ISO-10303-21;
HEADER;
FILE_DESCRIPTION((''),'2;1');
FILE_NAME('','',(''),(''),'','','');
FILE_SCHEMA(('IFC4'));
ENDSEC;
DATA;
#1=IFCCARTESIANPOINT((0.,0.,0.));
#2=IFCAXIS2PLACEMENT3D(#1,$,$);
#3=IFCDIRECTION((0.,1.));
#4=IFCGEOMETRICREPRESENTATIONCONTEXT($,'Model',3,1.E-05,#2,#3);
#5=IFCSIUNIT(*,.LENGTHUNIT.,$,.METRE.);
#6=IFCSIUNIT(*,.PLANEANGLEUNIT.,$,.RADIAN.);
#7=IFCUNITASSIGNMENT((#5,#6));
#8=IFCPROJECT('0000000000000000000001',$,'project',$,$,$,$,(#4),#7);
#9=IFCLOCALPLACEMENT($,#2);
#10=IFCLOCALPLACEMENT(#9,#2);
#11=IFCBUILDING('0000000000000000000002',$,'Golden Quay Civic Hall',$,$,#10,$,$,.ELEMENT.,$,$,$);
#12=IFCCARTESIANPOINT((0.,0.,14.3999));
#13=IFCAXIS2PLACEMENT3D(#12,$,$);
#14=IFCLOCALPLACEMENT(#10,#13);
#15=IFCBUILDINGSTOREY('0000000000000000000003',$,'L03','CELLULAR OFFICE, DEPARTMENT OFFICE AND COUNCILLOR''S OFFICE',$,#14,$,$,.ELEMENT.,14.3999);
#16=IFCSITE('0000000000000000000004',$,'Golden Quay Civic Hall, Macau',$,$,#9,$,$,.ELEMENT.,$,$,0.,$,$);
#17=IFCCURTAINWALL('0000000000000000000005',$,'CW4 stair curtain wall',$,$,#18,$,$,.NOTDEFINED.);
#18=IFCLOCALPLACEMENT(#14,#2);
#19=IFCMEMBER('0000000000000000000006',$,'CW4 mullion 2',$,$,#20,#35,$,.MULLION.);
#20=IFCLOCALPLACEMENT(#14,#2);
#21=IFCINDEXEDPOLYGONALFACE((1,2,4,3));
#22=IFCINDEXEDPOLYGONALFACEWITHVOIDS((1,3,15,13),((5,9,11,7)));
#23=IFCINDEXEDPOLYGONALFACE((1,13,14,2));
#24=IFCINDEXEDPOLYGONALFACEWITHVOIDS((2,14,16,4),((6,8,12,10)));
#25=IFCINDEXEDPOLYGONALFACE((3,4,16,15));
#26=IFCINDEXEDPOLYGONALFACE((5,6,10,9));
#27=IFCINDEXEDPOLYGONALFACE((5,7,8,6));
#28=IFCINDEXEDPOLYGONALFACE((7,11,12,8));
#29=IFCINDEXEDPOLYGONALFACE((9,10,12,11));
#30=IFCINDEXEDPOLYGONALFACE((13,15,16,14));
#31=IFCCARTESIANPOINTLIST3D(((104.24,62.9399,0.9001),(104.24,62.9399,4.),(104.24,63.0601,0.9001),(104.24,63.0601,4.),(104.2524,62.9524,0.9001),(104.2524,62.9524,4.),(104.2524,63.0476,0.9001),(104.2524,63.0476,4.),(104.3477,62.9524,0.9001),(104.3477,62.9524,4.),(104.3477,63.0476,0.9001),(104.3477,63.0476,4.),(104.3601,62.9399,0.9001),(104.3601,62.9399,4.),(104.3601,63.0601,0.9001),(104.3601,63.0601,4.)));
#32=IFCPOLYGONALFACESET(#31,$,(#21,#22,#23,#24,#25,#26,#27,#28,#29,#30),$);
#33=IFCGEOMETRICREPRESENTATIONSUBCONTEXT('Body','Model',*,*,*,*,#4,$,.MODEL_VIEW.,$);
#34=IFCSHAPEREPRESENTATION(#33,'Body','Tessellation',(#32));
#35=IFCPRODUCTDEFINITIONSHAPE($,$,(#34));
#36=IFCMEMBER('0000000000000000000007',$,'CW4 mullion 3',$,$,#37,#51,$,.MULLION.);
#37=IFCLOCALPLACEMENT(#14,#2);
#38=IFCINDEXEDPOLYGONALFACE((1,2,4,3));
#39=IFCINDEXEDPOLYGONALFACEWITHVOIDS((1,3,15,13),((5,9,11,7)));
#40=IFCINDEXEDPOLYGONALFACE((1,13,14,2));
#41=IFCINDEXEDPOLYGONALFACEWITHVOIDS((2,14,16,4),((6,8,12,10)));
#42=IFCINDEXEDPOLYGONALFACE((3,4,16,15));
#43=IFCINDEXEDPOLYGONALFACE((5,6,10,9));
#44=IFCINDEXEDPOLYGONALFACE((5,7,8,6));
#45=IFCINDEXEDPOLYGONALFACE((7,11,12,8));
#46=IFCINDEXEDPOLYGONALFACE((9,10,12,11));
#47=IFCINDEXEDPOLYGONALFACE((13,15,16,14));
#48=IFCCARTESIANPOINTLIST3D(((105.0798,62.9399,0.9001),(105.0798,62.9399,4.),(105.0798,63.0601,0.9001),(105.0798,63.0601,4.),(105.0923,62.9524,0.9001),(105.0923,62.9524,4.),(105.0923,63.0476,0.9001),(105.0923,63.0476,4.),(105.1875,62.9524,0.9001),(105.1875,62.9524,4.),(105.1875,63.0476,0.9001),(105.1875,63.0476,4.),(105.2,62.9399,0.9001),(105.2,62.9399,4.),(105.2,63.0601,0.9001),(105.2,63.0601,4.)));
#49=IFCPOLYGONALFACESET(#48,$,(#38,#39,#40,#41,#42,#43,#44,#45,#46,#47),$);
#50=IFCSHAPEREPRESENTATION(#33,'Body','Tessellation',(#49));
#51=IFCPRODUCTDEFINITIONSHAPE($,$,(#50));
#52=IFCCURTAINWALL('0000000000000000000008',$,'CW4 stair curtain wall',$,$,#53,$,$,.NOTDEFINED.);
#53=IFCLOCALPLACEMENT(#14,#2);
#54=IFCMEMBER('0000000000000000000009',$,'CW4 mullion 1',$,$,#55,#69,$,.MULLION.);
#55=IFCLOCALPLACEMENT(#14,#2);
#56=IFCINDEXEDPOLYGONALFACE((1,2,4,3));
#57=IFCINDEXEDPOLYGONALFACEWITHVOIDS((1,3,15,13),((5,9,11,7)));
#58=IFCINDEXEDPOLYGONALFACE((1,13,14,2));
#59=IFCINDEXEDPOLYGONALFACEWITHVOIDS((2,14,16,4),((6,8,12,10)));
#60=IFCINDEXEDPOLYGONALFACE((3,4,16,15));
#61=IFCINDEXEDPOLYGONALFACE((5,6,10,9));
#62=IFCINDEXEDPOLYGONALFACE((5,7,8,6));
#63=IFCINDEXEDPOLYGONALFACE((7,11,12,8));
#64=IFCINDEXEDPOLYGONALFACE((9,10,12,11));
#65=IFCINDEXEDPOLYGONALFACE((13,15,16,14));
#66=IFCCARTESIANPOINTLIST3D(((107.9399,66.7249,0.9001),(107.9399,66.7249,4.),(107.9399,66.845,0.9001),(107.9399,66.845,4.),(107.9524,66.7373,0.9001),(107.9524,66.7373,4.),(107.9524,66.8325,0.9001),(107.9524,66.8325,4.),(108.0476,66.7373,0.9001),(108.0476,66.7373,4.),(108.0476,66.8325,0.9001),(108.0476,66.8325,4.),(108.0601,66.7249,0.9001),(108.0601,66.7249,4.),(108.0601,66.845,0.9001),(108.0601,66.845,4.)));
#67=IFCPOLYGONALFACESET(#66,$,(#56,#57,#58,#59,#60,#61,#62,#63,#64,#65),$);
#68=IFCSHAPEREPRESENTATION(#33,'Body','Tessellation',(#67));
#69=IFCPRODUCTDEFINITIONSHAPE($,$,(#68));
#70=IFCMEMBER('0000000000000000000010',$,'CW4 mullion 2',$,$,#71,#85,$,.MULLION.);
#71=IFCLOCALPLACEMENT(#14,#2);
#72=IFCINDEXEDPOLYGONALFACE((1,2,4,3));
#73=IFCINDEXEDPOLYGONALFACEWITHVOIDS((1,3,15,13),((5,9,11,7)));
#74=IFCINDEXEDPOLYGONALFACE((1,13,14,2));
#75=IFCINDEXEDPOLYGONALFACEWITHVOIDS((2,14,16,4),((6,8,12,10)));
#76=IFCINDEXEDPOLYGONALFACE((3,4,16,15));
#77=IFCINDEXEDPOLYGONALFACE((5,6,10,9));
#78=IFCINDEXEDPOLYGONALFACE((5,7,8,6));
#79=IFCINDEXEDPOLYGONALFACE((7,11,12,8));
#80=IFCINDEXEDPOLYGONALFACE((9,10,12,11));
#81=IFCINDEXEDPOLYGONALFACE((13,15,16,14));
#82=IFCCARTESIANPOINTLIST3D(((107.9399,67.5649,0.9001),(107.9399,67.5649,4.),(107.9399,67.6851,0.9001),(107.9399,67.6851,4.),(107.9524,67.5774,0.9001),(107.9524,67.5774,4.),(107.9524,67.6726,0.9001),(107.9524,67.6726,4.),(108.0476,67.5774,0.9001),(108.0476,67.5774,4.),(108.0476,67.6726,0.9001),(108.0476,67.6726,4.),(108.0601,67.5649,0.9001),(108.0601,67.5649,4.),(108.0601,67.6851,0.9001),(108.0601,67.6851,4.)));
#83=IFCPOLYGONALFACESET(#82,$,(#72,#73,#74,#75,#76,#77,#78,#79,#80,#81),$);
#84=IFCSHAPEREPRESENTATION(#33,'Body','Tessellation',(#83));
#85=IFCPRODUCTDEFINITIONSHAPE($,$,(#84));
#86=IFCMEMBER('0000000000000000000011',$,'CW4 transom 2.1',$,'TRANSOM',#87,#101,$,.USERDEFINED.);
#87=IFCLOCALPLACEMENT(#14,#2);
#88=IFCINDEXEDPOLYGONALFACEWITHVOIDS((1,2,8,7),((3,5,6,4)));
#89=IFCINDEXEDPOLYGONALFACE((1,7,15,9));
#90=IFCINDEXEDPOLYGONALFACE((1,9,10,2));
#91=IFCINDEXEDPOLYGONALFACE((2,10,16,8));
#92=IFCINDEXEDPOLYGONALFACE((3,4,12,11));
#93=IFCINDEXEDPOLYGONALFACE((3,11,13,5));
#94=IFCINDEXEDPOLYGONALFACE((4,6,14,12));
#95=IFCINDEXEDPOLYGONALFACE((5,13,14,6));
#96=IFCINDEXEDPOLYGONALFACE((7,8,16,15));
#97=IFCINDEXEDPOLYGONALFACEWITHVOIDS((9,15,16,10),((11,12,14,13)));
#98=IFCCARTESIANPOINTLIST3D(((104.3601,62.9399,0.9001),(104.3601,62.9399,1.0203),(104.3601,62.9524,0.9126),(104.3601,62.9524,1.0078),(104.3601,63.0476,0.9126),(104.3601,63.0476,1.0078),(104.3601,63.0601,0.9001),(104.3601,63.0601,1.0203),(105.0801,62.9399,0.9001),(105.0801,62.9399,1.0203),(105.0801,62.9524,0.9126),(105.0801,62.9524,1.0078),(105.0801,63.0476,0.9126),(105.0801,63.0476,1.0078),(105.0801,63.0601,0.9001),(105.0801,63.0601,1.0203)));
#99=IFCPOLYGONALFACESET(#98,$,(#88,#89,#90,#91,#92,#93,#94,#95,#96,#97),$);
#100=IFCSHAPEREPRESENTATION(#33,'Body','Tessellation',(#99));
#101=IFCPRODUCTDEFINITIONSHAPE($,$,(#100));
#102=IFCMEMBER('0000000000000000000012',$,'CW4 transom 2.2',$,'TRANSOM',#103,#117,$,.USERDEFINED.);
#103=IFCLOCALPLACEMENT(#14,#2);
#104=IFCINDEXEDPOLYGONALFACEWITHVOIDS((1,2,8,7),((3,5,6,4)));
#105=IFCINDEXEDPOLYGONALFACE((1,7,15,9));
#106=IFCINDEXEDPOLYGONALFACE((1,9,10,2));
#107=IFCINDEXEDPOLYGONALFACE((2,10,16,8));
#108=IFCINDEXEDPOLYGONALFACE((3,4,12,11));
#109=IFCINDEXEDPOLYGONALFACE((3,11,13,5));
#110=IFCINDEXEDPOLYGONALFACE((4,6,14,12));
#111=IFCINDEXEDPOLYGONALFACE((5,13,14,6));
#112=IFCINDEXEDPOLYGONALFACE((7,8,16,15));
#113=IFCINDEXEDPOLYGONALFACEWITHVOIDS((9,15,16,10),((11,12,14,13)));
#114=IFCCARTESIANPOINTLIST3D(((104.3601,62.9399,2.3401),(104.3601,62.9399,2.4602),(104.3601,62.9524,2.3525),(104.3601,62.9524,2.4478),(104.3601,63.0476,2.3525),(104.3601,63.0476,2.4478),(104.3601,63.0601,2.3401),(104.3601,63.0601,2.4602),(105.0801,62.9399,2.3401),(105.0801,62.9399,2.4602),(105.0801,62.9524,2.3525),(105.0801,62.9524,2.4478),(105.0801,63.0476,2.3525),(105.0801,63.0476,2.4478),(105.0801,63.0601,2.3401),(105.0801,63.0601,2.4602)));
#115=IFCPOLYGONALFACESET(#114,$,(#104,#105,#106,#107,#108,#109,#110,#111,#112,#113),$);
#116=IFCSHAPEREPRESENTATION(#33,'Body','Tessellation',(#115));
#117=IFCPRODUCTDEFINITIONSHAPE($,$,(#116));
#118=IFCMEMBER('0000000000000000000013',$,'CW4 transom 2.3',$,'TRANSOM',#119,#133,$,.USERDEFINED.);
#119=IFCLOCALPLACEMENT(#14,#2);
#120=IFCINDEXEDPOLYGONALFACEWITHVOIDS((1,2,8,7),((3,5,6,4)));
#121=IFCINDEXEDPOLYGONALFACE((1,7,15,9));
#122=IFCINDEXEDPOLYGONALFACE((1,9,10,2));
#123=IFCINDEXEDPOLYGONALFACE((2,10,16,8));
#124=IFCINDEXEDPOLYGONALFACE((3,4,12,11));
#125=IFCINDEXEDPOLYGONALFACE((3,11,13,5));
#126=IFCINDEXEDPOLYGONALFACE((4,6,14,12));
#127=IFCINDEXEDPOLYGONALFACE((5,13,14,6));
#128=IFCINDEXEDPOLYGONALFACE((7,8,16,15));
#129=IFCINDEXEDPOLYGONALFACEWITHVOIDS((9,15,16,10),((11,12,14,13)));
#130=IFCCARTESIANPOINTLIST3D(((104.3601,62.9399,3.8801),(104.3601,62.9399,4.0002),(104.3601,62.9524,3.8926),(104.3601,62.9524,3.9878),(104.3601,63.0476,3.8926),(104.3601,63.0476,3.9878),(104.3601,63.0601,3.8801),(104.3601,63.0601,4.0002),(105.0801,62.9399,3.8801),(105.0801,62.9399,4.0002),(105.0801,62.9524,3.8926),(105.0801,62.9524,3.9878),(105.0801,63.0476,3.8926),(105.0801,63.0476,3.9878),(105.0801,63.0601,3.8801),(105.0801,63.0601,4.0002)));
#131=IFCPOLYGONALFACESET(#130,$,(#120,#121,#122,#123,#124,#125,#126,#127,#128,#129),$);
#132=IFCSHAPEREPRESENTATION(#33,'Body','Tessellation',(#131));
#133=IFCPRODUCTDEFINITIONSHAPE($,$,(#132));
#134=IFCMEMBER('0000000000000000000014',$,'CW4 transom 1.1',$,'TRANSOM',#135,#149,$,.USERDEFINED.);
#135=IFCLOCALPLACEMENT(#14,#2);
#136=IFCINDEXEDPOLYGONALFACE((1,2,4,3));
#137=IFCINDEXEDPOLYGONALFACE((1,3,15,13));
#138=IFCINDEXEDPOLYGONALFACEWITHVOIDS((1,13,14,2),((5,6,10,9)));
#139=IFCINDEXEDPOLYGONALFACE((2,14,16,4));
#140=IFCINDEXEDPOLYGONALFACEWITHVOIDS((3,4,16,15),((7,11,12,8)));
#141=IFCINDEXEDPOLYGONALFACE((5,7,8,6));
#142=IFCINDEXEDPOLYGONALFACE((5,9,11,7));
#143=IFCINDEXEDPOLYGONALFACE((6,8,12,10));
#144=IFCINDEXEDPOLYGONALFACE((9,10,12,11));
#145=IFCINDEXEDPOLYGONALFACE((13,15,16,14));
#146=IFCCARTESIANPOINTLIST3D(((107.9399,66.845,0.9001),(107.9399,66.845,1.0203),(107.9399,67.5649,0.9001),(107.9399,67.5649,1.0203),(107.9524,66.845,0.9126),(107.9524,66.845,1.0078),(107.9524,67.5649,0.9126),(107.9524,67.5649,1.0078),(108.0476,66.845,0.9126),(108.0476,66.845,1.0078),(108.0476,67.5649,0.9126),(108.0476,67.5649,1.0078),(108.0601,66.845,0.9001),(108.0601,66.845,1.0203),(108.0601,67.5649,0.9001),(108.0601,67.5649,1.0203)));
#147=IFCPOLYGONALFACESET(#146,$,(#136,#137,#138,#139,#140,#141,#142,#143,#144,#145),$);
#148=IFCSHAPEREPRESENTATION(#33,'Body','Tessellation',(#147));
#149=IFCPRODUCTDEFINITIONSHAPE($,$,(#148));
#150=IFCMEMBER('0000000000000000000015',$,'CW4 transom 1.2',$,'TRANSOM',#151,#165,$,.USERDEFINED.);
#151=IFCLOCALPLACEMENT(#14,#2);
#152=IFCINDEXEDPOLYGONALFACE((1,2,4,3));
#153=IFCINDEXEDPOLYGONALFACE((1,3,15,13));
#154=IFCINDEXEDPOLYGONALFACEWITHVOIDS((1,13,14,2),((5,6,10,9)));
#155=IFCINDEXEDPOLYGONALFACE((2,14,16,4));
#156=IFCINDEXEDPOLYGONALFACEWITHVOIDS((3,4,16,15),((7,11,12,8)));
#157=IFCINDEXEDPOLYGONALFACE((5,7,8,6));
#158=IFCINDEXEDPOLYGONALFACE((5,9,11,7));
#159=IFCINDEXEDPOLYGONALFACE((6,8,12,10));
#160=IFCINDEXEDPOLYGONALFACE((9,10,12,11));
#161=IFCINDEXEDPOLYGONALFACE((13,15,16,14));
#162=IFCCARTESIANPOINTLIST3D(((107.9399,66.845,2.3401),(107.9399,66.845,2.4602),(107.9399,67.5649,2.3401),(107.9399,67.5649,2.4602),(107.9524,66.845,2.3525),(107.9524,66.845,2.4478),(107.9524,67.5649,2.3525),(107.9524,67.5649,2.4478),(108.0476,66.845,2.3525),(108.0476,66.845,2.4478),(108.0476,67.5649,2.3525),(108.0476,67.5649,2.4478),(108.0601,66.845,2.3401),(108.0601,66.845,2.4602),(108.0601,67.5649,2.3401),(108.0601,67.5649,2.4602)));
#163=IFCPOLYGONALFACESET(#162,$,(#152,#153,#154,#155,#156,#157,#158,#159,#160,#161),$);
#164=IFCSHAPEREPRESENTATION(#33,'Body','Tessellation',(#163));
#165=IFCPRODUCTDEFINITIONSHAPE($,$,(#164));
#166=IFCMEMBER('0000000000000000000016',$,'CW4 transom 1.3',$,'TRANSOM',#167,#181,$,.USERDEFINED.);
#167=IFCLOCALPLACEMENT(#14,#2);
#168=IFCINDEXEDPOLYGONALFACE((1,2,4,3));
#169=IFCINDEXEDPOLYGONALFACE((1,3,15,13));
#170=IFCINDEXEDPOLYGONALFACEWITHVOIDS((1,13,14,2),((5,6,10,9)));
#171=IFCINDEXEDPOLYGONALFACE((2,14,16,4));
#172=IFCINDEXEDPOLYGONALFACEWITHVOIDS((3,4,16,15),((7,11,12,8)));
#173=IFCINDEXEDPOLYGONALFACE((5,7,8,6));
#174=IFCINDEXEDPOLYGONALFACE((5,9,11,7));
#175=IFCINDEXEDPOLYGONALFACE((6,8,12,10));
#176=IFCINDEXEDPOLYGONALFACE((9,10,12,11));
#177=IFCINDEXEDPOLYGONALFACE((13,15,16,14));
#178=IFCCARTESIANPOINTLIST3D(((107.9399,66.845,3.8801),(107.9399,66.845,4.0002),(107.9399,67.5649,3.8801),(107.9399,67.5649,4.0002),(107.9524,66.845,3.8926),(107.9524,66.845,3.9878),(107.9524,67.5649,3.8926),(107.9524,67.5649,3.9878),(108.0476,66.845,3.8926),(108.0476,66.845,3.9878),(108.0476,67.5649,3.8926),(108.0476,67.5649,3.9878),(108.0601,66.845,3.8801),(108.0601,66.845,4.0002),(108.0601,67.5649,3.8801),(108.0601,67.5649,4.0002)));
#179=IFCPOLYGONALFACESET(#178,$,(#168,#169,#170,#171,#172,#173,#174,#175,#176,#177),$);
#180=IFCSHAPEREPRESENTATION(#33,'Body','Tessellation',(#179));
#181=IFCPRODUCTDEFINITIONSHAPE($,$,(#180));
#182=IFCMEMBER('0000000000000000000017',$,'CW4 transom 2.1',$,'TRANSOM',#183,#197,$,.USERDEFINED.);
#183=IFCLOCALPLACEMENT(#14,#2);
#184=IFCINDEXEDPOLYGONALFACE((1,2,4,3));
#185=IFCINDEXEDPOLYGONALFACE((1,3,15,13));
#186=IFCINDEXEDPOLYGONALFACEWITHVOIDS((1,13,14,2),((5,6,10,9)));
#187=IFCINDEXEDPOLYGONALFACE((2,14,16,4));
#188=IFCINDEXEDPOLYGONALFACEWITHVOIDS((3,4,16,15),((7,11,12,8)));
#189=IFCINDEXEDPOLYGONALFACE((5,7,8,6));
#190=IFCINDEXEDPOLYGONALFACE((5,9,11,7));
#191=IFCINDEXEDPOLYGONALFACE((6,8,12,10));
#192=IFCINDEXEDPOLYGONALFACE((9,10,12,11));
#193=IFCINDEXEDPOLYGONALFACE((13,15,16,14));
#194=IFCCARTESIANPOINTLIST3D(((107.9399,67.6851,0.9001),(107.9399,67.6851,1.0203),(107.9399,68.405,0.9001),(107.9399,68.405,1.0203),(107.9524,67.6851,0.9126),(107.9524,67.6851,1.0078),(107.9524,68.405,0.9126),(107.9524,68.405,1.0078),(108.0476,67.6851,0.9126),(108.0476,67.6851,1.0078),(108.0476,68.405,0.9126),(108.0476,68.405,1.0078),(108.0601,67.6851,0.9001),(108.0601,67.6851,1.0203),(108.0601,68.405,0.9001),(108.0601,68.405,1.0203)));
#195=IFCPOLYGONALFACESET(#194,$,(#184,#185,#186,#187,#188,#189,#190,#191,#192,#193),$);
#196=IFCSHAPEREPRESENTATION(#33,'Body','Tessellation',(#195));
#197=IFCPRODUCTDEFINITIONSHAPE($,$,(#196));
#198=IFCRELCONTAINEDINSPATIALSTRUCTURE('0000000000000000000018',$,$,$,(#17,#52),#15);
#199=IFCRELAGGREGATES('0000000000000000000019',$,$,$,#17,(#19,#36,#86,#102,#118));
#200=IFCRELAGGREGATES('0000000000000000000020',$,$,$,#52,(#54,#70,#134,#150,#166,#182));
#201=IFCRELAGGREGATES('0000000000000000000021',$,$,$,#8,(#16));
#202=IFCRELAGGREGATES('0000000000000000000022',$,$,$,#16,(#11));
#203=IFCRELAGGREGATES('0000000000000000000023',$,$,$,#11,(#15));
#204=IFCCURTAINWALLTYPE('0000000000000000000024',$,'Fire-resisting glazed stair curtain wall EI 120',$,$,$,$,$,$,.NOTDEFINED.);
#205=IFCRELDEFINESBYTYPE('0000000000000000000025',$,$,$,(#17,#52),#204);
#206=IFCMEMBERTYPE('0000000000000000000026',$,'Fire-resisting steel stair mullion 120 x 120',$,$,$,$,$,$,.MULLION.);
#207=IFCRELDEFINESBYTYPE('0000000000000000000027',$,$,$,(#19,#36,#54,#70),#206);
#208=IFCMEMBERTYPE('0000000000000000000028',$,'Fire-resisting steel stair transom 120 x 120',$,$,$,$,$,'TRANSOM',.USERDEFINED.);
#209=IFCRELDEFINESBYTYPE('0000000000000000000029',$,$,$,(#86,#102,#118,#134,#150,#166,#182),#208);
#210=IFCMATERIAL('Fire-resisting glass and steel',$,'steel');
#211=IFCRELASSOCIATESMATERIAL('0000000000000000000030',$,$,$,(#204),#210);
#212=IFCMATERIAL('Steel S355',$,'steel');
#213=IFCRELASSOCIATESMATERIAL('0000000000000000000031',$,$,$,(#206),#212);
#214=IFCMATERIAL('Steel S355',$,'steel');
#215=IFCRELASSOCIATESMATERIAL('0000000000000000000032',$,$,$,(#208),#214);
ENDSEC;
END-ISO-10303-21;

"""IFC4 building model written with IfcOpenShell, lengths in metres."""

from ifc_helpers import new_model, si_unit, direction, frame, origin, origin_2d, place, context, subcontext, project, spatial, hollow_rectangle, extrude, material, material_profile, profile_set, type_object, element, aggregate, save


model = new_model("IFC4")

# Units and contexts
model_context = context("Model", 3, precision=1e-05, world=origin(), true_north=direction((0.0, 1.0)))
body_context = subcontext(model_context, "Body", "Model", "MODEL_VIEW")
ifc_project = project(units=[si_unit("LENGTHUNIT", "METRE"), si_unit("PLANEANGLEUNIT", "RADIAN")], contexts=[model_context])

# Site, building, storey
site_placement = place(None, origin())
site = spatial("IfcSite", under=ifc_project, at=site_placement, Name="Golden Quay Civic Hall, Macau", CompositionType="ELEMENT", RefElevation=0.0)
building_placement = place(site_placement, origin())
building = spatial("IfcBuilding", under=site, at=building_placement, Name="Golden Quay Civic Hall", CompositionType="ELEMENT")
storey_placement = place(building_placement, frame((0.0, 0.0, 14.3999)))
storey = spatial("IfcBuildingStorey", under=building, at=storey_placement, Name="L03", Description="CELLULAR OFFICE, DEPARTMENT OFFICE AND COUNCILLOR'S OFFICE", CompositionType="ELEMENT", Elevation=14.3999)

# Curtain walls, members
ifc_material_1 = material(Name="Fire-resisting glass and steel", Category="steel")
curtain_wall_type = type_object("IfcCurtainWallType", Name="Fire-resisting glazed stair curtain wall EI 120", PredefinedType="NOTDEFINED", material=ifc_material_1)
curtain_wall_1_placement = place(storey_placement, origin())
curtain_wall_1 = element("IfcCurtainWall", 1, at=curtain_wall_1_placement, inside=storey, type_object=curtain_wall_type, Name="CW4 stair curtain wall", PredefinedType="NOTDEFINED")
ifc_material_2 = material(Name="Steel S355", Category="steel")
ifc_material_profile_1 = material_profile(ifc_material_2, hollow_rectangle(XDim=0.1201, YDim=0.1201, WallThickness=0.0125, at=origin_2d()), Name="SHS 120x120x12.5")
ifc_profile_set_1 = profile_set([ifc_material_profile_1], Name="Steel S355")
member_type_1 = type_object("IfcMemberType", Name="Fire-resisting steel stair mullion 120 x 120", PredefinedType="MULLION", material=ifc_profile_set_1)
member_1_placement = place(storey_placement, frame((104.3, 63.0, 0.9001), z_axis=(0.0, 0.0, 1.0), x_axis=(0.0, 1.0, 0.0)))
member_1 = element("IfcMember", 2, at=member_1_placement, type_object=member_type_1, Name="CW4 mullion 2", PredefinedType="MULLION", context=body_context, shape_type="SweptSolid", body=[
    extrude(hollow_rectangle(XDim=0.1201, YDim=0.1201, WallThickness=0.0125, at=origin_2d()), origin(), (0.0, 0.0, 1.0), 3.0999),
])
member_2_placement = place(storey_placement, frame((105.1399, 63.0, 0.9001), z_axis=(0.0, 0.0, 1.0), x_axis=(0.0, 1.0, 0.0)))
member_2 = element("IfcMember", 3, at=member_2_placement, type_object=member_type_1, Name="CW4 mullion 3", PredefinedType="MULLION", context=body_context, shape_type="SweptSolid", body=[
    extrude(hollow_rectangle(XDim=0.1201, YDim=0.1201, WallThickness=0.0125, at=origin_2d()), origin(), (0.0, 0.0, 1.0), 3.0999),
])
curtain_wall_2_placement = place(storey_placement, origin())
curtain_wall_2 = element("IfcCurtainWall", 4, at=curtain_wall_2_placement, inside=storey, type_object=curtain_wall_type, Name="CW4 stair curtain wall", PredefinedType="NOTDEFINED")
member_3_placement = place(storey_placement, frame((108.0, 66.7849, 0.9001), z_axis=(0.0, 0.0, 1.0), x_axis=(-1.0, 0.0, 0.0)))
member_3 = element("IfcMember", 5, at=member_3_placement, type_object=member_type_1, Name="CW4 mullion 1", PredefinedType="MULLION", context=body_context, shape_type="SweptSolid", body=[
    extrude(hollow_rectangle(XDim=0.1201, YDim=0.1201, WallThickness=0.0125, at=origin_2d()), origin(), (0.0, 0.0, 1.0), 3.0999),
])
member_4_placement = place(storey_placement, frame((108.0, 67.625, 0.9001), z_axis=(0.0, 0.0, 1.0), x_axis=(-1.0, 0.0, 0.0)))
member_4 = element("IfcMember", 6, at=member_4_placement, type_object=member_type_1, Name="CW4 mullion 2", PredefinedType="MULLION", context=body_context, shape_type="SweptSolid", body=[
    extrude(hollow_rectangle(XDim=0.1201, YDim=0.1201, WallThickness=0.0125, at=origin_2d()), origin(), (0.0, 0.0, 1.0), 3.0999),
])

# Members
ifc_material_3 = material(Name="Steel S355", Category="steel")
ifc_material_profile_2 = material_profile(ifc_material_3, hollow_rectangle(XDim=0.1201, YDim=0.1201, WallThickness=0.0125, at=origin_2d()), Name="SHS 120x120x12.5")
ifc_profile_set_2 = profile_set([ifc_material_profile_2], Name="Steel S355")
member_type_2 = type_object("IfcMemberType", Name="Fire-resisting steel stair transom 120 x 120", ElementType="TRANSOM", PredefinedType="USERDEFINED", material=ifc_profile_set_2)
member_5_placement = place(storey_placement, frame((104.3601, 63.0, 0.9602), z_axis=(1.0, 0.0, 0.0), x_axis=(0.0, 1.0, 0.0)))
member_5 = element("IfcMember", 7, at=member_5_placement, type_object=member_type_2, Name="CW4 transom 2.1", ObjectType="TRANSOM", PredefinedType="USERDEFINED", context=body_context, shape_type="SweptSolid", body=[
    extrude(hollow_rectangle(XDim=0.1201, YDim=0.1201, WallThickness=0.0125, at=origin_2d()), origin(), (0.0, 0.0, 1.0), 0.72),
])
member_6_placement = place(storey_placement, frame((104.3601, 63.0, 2.4001), z_axis=(1.0, 0.0, 0.0), x_axis=(0.0, 1.0, 0.0)))
member_6 = element("IfcMember", 8, at=member_6_placement, type_object=member_type_2, Name="CW4 transom 2.2", ObjectType="TRANSOM", PredefinedType="USERDEFINED", context=body_context, shape_type="SweptSolid", body=[
    extrude(hollow_rectangle(XDim=0.1201, YDim=0.1201, WallThickness=0.0125, at=origin_2d()), origin(), (0.0, 0.0, 1.0), 0.72),
])
member_7_placement = place(storey_placement, frame((104.3601, 63.0, 3.9402), z_axis=(1.0, 0.0, 0.0), x_axis=(0.0, 1.0, 0.0)))
member_7 = element("IfcMember", 9, at=member_7_placement, type_object=member_type_2, Name="CW4 transom 2.3", ObjectType="TRANSOM", PredefinedType="USERDEFINED", context=body_context, shape_type="SweptSolid", body=[
    extrude(hollow_rectangle(XDim=0.1201, YDim=0.1201, WallThickness=0.0125, at=origin_2d()), origin(), (0.0, 0.0, 1.0), 0.72),
])
member_8_placement = place(storey_placement, frame((108.0, 66.845, 0.9602), z_axis=(0.0, 1.0, 0.0), x_axis=(-1.0, 0.0, 0.0)))
member_8 = element("IfcMember", 10, at=member_8_placement, type_object=member_type_2, Name="CW4 transom 1.1", ObjectType="TRANSOM", PredefinedType="USERDEFINED", context=body_context, shape_type="SweptSolid", body=[
    extrude(hollow_rectangle(XDim=0.1201, YDim=0.1201, WallThickness=0.0125, at=origin_2d()), origin(), (0.0, 0.0, 1.0), 0.72),
])
member_9_placement = place(storey_placement, frame((108.0, 66.845, 2.4001), z_axis=(0.0, 1.0, 0.0), x_axis=(-1.0, 0.0, 0.0)))
member_9 = element("IfcMember", 11, at=member_9_placement, type_object=member_type_2, Name="CW4 transom 1.2", ObjectType="TRANSOM", PredefinedType="USERDEFINED", context=body_context, shape_type="SweptSolid", body=[
    extrude(hollow_rectangle(XDim=0.1201, YDim=0.1201, WallThickness=0.0125, at=origin_2d()), origin(), (0.0, 0.0, 1.0), 0.72),
])
member_10_placement = place(storey_placement, frame((108.0, 66.845, 3.9402), z_axis=(0.0, 1.0, 0.0), x_axis=(-1.0, 0.0, 0.0)))
member_10 = element("IfcMember", 12, at=member_10_placement, type_object=member_type_2, Name="CW4 transom 1.3", ObjectType="TRANSOM", PredefinedType="USERDEFINED", context=body_context, shape_type="SweptSolid", body=[
    extrude(hollow_rectangle(XDim=0.1201, YDim=0.1201, WallThickness=0.0125, at=origin_2d()), origin(), (0.0, 0.0, 1.0), 0.72),
])
member_11_placement = place(storey_placement, frame((108.0, 67.6851, 0.9602), z_axis=(0.0, 1.0, 0.0), x_axis=(-1.0, 0.0, 0.0)))
member_11 = element("IfcMember", 13, at=member_11_placement, type_object=member_type_2, Name="CW4 transom 2.1", ObjectType="TRANSOM", PredefinedType="USERDEFINED", context=body_context, shape_type="SweptSolid", body=[
    extrude(hollow_rectangle(XDim=0.1201, YDim=0.1201, WallThickness=0.0125, at=origin_2d()), origin(), (0.0, 0.0, 1.0), 0.72),
])

aggregate(curtain_wall_1, [member_1, member_2, member_5, member_6, member_7])
aggregate(curtain_wall_2, [member_3, member_4, member_8, member_9, member_10, member_11])

save(model, "model.ifc")
